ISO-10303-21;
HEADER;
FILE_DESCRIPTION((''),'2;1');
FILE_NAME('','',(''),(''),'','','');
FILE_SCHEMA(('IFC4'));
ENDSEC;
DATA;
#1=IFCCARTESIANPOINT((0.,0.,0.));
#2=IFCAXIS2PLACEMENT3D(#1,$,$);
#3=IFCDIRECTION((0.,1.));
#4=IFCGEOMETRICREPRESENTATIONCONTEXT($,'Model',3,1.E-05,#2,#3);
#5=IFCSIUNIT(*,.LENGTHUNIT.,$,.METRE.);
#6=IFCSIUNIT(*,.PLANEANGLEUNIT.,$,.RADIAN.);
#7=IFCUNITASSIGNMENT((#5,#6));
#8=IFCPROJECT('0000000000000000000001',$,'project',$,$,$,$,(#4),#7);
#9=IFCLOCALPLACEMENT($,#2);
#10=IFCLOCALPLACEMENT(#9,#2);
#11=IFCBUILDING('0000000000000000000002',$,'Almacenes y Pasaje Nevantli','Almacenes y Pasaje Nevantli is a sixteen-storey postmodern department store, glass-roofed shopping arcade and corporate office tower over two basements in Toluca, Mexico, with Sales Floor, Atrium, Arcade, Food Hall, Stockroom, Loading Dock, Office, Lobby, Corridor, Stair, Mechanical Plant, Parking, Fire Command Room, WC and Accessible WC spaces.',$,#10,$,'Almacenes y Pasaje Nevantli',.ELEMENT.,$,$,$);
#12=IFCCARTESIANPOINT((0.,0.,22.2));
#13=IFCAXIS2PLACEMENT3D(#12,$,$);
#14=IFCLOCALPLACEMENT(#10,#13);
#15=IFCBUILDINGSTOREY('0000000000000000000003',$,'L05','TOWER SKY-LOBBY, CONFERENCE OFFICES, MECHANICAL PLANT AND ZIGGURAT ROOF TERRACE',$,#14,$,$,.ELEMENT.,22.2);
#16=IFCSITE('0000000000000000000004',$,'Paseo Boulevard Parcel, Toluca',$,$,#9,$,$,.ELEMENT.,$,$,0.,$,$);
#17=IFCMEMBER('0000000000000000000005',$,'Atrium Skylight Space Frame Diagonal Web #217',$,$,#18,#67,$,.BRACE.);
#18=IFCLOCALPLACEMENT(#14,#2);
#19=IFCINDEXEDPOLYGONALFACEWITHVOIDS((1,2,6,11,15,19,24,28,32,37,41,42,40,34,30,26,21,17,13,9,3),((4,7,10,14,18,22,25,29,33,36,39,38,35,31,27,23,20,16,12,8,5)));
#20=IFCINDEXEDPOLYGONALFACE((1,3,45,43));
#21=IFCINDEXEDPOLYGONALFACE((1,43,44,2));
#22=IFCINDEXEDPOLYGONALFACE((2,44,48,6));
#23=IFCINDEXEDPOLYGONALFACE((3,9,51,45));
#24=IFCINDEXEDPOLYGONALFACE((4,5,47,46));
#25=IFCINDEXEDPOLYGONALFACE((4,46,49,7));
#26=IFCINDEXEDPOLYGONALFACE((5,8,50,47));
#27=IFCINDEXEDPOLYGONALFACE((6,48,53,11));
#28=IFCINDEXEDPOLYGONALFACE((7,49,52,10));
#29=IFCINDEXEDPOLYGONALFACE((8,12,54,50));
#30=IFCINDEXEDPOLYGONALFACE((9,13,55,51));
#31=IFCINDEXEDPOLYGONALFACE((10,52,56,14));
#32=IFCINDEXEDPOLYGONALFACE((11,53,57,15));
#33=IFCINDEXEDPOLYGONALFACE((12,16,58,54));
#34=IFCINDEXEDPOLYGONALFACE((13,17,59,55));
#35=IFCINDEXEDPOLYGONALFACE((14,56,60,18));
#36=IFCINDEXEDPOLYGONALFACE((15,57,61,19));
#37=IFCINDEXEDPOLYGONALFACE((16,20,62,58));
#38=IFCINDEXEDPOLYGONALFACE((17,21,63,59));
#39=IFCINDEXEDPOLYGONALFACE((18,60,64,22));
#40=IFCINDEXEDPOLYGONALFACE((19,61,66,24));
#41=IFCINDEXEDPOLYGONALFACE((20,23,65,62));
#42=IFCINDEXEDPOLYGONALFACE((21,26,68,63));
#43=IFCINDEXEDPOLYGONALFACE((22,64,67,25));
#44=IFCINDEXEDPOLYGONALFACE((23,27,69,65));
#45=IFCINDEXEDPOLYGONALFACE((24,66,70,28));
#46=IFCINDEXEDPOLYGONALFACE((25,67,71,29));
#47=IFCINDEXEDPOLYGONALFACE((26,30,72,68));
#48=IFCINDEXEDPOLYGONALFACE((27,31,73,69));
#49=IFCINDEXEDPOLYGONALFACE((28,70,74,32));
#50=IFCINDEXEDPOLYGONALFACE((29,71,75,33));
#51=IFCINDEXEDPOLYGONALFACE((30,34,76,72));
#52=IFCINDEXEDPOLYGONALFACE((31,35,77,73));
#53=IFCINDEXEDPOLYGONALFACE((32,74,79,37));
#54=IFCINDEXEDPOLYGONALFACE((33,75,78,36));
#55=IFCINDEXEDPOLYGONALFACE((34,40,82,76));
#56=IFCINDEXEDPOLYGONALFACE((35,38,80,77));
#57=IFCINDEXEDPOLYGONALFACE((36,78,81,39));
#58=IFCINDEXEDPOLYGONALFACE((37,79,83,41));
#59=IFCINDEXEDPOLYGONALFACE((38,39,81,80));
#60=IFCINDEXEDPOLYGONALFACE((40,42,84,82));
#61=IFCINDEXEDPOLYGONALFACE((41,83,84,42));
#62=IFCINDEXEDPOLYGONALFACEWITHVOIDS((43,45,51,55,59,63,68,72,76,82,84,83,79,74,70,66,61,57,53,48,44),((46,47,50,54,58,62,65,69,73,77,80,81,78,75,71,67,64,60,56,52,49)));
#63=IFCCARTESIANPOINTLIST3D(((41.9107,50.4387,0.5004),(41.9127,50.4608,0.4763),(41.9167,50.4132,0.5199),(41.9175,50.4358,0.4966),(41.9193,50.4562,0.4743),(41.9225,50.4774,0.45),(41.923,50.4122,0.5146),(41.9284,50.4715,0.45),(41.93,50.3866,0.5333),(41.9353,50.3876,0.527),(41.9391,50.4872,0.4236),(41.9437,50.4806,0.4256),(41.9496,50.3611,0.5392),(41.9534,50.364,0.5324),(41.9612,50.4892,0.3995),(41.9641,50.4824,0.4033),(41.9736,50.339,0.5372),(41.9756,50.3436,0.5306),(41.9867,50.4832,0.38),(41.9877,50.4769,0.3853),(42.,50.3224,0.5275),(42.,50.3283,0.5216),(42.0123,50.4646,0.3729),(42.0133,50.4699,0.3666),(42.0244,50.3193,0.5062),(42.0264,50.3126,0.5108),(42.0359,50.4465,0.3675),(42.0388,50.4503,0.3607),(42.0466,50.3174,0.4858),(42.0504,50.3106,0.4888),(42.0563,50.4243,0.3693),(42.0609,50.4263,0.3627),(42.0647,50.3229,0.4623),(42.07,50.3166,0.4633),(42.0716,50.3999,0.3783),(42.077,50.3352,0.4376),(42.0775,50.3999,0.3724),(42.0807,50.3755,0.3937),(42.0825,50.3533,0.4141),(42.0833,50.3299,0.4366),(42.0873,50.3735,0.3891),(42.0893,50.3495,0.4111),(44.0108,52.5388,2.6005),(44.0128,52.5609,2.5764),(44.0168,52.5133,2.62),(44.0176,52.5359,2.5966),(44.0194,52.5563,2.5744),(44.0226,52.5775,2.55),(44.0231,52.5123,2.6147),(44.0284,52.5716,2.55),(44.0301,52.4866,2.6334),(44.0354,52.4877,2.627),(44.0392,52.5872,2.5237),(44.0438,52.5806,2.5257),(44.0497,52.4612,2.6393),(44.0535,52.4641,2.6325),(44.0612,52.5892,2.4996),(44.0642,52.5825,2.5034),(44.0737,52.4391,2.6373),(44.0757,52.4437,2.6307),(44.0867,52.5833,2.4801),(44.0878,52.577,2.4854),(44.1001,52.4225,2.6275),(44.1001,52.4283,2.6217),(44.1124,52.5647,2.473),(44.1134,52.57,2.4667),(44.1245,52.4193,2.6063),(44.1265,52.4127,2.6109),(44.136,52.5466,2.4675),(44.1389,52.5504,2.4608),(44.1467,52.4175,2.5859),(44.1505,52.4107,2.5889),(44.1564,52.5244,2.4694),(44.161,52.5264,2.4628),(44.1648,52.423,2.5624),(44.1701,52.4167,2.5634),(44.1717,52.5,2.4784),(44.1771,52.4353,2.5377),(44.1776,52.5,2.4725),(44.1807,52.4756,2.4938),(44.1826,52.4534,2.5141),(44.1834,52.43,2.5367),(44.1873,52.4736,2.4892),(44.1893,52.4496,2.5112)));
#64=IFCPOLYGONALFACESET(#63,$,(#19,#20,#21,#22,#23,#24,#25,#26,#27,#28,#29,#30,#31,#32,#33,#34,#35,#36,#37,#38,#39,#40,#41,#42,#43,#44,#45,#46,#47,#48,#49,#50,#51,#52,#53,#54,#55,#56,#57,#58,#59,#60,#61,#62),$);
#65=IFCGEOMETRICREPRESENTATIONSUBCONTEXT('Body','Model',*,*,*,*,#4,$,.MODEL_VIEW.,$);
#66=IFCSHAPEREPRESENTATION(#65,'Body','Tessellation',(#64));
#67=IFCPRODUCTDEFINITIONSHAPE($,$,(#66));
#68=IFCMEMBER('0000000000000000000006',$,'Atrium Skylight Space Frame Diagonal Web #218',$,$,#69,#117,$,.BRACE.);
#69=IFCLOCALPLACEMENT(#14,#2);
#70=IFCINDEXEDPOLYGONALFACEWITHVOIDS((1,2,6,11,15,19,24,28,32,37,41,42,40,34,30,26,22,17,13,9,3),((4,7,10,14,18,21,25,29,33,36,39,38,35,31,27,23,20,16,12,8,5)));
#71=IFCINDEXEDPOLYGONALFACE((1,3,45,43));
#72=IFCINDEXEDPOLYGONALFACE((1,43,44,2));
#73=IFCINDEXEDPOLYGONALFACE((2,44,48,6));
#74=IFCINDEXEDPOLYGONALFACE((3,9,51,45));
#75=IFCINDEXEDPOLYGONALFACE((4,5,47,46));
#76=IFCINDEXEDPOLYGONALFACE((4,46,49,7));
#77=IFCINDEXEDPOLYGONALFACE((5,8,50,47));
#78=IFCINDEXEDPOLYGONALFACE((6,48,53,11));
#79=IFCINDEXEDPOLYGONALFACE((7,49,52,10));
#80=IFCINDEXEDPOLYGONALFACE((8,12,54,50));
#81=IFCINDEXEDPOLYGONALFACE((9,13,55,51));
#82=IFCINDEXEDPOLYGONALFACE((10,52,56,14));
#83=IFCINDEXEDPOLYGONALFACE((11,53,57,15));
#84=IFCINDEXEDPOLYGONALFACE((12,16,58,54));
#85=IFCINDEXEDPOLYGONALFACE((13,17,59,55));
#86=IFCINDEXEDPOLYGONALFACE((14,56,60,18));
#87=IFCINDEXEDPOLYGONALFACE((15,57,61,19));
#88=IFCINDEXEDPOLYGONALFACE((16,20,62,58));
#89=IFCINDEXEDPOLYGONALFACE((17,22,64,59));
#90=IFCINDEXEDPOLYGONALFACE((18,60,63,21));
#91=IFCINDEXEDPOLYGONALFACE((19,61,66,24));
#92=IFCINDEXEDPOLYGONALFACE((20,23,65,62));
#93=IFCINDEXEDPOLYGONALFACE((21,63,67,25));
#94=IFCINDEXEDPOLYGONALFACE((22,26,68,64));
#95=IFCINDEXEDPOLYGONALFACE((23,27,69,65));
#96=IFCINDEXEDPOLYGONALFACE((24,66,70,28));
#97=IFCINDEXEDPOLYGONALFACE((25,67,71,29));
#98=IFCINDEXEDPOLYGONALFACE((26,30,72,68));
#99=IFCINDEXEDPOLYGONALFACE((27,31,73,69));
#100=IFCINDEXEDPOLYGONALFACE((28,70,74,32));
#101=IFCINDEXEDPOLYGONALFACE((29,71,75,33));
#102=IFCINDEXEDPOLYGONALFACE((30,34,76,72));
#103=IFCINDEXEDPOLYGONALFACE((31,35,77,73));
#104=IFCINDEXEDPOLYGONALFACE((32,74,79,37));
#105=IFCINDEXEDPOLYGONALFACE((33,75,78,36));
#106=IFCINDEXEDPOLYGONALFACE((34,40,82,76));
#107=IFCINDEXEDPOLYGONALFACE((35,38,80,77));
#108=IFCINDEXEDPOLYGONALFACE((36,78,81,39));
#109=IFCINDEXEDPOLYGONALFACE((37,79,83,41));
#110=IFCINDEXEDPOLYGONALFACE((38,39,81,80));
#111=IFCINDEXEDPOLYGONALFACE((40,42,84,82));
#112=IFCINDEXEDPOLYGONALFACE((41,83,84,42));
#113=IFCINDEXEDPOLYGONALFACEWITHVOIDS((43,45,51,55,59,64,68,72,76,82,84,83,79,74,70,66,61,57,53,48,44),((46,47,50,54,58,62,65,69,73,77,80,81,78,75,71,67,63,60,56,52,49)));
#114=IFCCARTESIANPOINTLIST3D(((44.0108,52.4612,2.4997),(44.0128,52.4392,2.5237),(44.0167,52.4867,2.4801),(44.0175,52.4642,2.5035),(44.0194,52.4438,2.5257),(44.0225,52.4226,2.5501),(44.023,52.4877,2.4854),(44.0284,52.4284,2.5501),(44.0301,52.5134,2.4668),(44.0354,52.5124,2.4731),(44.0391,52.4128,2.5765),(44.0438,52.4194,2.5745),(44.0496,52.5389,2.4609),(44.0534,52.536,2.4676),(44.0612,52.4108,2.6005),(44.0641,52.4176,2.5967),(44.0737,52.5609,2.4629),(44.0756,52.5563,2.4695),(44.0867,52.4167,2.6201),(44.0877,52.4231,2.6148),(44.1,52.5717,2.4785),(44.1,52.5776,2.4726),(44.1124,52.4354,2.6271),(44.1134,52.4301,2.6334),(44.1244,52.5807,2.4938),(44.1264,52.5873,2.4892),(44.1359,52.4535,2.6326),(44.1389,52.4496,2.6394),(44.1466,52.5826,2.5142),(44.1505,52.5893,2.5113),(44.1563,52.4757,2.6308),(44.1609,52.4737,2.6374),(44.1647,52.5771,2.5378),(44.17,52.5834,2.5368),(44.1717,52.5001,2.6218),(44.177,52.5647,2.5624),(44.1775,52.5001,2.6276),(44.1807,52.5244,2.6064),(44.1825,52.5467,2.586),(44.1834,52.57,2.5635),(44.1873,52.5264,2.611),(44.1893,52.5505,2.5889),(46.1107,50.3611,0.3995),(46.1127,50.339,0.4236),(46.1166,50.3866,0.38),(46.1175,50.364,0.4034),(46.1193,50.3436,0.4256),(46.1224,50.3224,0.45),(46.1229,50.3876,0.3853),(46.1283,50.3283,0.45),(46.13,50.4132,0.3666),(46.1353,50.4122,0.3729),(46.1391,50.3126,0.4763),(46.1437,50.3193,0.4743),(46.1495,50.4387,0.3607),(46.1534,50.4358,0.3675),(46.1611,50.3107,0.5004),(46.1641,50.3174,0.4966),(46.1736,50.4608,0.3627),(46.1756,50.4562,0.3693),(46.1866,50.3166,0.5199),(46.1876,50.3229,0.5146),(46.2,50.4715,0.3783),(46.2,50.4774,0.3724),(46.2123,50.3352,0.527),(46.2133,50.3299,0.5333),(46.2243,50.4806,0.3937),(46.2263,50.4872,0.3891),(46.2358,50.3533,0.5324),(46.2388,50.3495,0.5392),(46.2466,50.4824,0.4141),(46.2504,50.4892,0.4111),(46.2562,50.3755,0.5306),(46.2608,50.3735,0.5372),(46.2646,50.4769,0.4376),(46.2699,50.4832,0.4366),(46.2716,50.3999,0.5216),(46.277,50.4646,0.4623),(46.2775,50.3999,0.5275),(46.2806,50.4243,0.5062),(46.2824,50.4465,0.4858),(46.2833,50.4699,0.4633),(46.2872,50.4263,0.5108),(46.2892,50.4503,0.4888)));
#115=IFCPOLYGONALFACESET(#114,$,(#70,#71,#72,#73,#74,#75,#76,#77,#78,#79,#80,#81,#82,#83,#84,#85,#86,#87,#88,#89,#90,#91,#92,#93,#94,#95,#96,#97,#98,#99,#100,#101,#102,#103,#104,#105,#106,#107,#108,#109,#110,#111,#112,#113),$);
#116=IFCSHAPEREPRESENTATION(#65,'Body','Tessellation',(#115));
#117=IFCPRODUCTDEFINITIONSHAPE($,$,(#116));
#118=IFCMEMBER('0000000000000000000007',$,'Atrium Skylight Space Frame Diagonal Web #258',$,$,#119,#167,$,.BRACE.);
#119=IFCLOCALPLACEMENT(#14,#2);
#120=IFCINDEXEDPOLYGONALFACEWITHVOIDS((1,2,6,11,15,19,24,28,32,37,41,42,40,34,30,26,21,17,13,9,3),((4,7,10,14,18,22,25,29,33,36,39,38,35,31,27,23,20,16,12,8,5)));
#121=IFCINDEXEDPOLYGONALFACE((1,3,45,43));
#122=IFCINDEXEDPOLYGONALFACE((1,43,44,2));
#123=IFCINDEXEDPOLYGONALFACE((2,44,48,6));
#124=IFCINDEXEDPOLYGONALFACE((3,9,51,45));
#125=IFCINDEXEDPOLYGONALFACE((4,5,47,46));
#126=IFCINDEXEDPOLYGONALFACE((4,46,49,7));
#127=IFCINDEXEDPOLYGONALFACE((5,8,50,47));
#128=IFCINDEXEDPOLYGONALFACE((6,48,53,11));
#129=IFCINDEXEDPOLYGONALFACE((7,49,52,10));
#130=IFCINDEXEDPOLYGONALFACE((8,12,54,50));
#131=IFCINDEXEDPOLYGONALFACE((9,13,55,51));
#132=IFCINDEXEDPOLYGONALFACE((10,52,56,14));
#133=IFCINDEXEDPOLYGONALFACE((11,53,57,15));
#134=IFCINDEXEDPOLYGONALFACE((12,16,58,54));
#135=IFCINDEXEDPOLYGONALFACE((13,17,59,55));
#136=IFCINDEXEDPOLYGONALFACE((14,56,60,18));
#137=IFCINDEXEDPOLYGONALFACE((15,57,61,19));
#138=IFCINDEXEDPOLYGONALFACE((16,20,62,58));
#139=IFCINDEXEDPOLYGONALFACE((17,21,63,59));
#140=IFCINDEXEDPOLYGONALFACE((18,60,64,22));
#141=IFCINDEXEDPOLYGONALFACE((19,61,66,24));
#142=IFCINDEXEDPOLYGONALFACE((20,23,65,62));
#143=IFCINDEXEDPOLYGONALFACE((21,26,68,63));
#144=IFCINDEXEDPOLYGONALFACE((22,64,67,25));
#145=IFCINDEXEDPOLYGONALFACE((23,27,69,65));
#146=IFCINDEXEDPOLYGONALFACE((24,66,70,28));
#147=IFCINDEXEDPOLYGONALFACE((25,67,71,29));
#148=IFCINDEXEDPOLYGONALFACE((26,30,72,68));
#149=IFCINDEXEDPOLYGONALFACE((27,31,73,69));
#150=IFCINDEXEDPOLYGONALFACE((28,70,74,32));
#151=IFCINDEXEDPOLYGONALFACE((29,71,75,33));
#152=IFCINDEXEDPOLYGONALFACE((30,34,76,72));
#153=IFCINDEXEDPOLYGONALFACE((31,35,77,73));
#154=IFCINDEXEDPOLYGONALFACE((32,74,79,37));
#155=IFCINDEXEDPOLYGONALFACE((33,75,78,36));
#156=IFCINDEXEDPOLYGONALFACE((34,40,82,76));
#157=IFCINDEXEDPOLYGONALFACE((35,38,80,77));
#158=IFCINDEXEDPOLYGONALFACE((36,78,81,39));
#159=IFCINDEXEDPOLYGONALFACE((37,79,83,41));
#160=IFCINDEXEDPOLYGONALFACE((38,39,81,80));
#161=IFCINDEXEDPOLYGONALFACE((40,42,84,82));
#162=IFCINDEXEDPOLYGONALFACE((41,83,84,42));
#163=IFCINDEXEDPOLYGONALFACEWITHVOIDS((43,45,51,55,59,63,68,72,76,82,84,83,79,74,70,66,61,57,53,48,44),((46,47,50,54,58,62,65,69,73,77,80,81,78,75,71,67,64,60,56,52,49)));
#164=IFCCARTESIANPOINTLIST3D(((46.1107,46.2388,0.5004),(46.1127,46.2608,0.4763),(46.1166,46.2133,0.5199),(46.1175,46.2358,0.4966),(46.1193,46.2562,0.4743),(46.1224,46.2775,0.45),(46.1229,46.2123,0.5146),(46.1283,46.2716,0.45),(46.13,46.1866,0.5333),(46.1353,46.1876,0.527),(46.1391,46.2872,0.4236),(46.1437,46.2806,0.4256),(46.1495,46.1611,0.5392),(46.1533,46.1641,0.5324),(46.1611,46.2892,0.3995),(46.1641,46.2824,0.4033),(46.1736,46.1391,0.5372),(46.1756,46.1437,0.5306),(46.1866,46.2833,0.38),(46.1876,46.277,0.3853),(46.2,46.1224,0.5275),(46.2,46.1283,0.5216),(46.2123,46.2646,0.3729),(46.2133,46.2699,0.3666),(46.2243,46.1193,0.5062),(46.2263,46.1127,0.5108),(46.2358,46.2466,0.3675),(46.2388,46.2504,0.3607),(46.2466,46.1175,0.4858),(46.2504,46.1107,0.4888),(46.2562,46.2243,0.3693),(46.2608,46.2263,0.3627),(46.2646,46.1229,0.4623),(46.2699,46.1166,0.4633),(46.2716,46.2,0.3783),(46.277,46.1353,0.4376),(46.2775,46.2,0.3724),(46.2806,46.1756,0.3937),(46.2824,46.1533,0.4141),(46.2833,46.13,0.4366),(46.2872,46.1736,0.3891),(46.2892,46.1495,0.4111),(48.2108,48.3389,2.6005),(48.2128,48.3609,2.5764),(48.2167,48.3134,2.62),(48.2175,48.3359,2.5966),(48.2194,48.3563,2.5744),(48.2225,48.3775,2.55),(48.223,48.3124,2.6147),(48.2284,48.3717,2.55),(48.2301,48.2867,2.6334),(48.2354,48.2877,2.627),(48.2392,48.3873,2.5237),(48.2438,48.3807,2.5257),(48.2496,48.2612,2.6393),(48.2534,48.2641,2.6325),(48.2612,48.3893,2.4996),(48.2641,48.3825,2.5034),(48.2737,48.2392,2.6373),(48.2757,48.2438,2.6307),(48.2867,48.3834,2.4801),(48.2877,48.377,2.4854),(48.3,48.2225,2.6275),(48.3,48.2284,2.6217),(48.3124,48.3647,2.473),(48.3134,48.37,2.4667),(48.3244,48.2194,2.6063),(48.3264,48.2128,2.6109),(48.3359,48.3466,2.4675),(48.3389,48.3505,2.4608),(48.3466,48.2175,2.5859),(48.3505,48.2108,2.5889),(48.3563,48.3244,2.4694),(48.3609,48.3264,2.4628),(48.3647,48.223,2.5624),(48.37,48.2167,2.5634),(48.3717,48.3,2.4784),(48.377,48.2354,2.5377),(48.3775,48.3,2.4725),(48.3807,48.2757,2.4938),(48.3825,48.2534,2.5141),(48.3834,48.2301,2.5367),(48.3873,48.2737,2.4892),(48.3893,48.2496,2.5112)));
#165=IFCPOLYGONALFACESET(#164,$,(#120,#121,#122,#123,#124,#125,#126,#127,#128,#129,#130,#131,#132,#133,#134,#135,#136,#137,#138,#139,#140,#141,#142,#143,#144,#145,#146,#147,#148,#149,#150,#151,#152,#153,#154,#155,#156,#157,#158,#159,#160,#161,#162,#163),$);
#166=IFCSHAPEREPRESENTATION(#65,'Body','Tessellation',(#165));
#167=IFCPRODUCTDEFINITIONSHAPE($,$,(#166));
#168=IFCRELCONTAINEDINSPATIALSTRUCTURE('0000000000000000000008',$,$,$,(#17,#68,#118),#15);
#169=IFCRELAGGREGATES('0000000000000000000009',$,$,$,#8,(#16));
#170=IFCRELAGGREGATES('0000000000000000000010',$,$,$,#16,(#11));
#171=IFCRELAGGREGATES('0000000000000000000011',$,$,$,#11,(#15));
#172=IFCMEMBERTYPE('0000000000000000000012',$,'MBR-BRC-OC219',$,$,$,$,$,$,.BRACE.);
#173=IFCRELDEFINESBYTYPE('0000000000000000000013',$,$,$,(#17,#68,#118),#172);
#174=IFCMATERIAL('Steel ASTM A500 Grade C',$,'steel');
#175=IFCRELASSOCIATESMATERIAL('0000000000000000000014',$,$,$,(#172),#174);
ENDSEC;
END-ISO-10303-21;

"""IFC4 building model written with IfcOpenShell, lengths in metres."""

from ifc_helpers import new_model, si_unit, direction, frame, origin, origin_2d, place, context, subcontext, project, spatial, hollow_circle, extrude, material, material_profile, profile_set, type_object, element, save


model = new_model("IFC4")

# Units and contexts
model_context = context("Model", 3, precision=1e-05, world=origin(), true_north=direction((0.0, 1.0)))
body_context = subcontext(model_context, "Body", "Model", "MODEL_VIEW")
ifc_project = project(units=[si_unit("LENGTHUNIT", "METRE"), si_unit("PLANEANGLEUNIT", "RADIAN")], contexts=[model_context])

# Site, building, storey
site_placement = place(None, origin())
site = spatial("IfcSite", under=ifc_project, at=site_placement, Name="Paseo Boulevard Parcel, Toluca", CompositionType="ELEMENT", RefElevation=0.0)
building_placement = place(site_placement, origin())
building = spatial("IfcBuilding", under=site, at=building_placement, Name="Almacenes y Pasaje Nevantli", Description="Almacenes y Pasaje Nevantli is a sixteen-storey postmodern department store, glass-roofed shopping arcade and corporate office tower over two basements in Toluca, Mexico, with Sales Floor, Atrium, Arcade, Food Hall, Stockroom, Loading Dock, Office, Lobby, Corridor, Stair, Mechanical Plant, Parking, Fire Command Room, WC and Accessible WC spaces.", LongName="Almacenes y Pasaje Nevantli", CompositionType="ELEMENT")
storey_placement = place(building_placement, frame((0.0, 0.0, 22.2)))
storey = spatial("IfcBuildingStorey", under=building, at=storey_placement, Name="L05", Description="TOWER SKY-LOBBY, CONFERENCE OFFICES, MECHANICAL PLANT AND ZIGGURAT ROOF TERRACE", CompositionType="ELEMENT", Elevation=22.2)

# Members
ifc_material_1 = material(Name="Steel ASTM A500 Grade C", Category="steel")
ifc_material_profile_1 = material_profile(ifc_material_1, hollow_circle(Radius=0.1096, WallThickness=0.0083, at=origin_2d()), Name="OC 219x8.2")
ifc_profile_set_1 = profile_set([ifc_material_profile_1], Name="Steel ASTM A500 Grade C")
member_type_1 = type_object("IfcMemberType", Name="MBR-BRC-OC219", PredefinedType="BRACE", material=ifc_profile_set_1)
for number, where, z_axis, x_axis, name in (
    (1, (42.0, 50.3999, 0.45), (0.57735, 0.57735, 0.57735), (-0.707107, 0.707107, 0.0), "Atrium Skylight Space Frame Diagonal Web #217"),
    (2, (46.2, 50.3999, 0.45), (-0.577306, 0.577373, 0.577373), (-0.707148, -0.707066, 0.0), "Atrium Skylight Space Frame Diagonal Web #218"),
    (3, (46.2, 46.2, 0.45), (0.57735, 0.57735, 0.57735), (-0.707107, 0.707107, 0.0), "Atrium Skylight Space Frame Diagonal Web #258"),
):
    element("IfcMember", number, at=place(storey_placement, frame(where, z_axis=z_axis, x_axis=x_axis)), inside=storey, type_object=member_type_1, Name=name, PredefinedType="BRACE", context=body_context, shape_type="SweptSolid", body=[
        extrude(hollow_circle(Radius=0.1096, WallThickness=0.0083, at=origin_2d()), origin(), (0.0, 0.0, 1.0), 3.6375),
    ])

save(model, "model.ifc")
